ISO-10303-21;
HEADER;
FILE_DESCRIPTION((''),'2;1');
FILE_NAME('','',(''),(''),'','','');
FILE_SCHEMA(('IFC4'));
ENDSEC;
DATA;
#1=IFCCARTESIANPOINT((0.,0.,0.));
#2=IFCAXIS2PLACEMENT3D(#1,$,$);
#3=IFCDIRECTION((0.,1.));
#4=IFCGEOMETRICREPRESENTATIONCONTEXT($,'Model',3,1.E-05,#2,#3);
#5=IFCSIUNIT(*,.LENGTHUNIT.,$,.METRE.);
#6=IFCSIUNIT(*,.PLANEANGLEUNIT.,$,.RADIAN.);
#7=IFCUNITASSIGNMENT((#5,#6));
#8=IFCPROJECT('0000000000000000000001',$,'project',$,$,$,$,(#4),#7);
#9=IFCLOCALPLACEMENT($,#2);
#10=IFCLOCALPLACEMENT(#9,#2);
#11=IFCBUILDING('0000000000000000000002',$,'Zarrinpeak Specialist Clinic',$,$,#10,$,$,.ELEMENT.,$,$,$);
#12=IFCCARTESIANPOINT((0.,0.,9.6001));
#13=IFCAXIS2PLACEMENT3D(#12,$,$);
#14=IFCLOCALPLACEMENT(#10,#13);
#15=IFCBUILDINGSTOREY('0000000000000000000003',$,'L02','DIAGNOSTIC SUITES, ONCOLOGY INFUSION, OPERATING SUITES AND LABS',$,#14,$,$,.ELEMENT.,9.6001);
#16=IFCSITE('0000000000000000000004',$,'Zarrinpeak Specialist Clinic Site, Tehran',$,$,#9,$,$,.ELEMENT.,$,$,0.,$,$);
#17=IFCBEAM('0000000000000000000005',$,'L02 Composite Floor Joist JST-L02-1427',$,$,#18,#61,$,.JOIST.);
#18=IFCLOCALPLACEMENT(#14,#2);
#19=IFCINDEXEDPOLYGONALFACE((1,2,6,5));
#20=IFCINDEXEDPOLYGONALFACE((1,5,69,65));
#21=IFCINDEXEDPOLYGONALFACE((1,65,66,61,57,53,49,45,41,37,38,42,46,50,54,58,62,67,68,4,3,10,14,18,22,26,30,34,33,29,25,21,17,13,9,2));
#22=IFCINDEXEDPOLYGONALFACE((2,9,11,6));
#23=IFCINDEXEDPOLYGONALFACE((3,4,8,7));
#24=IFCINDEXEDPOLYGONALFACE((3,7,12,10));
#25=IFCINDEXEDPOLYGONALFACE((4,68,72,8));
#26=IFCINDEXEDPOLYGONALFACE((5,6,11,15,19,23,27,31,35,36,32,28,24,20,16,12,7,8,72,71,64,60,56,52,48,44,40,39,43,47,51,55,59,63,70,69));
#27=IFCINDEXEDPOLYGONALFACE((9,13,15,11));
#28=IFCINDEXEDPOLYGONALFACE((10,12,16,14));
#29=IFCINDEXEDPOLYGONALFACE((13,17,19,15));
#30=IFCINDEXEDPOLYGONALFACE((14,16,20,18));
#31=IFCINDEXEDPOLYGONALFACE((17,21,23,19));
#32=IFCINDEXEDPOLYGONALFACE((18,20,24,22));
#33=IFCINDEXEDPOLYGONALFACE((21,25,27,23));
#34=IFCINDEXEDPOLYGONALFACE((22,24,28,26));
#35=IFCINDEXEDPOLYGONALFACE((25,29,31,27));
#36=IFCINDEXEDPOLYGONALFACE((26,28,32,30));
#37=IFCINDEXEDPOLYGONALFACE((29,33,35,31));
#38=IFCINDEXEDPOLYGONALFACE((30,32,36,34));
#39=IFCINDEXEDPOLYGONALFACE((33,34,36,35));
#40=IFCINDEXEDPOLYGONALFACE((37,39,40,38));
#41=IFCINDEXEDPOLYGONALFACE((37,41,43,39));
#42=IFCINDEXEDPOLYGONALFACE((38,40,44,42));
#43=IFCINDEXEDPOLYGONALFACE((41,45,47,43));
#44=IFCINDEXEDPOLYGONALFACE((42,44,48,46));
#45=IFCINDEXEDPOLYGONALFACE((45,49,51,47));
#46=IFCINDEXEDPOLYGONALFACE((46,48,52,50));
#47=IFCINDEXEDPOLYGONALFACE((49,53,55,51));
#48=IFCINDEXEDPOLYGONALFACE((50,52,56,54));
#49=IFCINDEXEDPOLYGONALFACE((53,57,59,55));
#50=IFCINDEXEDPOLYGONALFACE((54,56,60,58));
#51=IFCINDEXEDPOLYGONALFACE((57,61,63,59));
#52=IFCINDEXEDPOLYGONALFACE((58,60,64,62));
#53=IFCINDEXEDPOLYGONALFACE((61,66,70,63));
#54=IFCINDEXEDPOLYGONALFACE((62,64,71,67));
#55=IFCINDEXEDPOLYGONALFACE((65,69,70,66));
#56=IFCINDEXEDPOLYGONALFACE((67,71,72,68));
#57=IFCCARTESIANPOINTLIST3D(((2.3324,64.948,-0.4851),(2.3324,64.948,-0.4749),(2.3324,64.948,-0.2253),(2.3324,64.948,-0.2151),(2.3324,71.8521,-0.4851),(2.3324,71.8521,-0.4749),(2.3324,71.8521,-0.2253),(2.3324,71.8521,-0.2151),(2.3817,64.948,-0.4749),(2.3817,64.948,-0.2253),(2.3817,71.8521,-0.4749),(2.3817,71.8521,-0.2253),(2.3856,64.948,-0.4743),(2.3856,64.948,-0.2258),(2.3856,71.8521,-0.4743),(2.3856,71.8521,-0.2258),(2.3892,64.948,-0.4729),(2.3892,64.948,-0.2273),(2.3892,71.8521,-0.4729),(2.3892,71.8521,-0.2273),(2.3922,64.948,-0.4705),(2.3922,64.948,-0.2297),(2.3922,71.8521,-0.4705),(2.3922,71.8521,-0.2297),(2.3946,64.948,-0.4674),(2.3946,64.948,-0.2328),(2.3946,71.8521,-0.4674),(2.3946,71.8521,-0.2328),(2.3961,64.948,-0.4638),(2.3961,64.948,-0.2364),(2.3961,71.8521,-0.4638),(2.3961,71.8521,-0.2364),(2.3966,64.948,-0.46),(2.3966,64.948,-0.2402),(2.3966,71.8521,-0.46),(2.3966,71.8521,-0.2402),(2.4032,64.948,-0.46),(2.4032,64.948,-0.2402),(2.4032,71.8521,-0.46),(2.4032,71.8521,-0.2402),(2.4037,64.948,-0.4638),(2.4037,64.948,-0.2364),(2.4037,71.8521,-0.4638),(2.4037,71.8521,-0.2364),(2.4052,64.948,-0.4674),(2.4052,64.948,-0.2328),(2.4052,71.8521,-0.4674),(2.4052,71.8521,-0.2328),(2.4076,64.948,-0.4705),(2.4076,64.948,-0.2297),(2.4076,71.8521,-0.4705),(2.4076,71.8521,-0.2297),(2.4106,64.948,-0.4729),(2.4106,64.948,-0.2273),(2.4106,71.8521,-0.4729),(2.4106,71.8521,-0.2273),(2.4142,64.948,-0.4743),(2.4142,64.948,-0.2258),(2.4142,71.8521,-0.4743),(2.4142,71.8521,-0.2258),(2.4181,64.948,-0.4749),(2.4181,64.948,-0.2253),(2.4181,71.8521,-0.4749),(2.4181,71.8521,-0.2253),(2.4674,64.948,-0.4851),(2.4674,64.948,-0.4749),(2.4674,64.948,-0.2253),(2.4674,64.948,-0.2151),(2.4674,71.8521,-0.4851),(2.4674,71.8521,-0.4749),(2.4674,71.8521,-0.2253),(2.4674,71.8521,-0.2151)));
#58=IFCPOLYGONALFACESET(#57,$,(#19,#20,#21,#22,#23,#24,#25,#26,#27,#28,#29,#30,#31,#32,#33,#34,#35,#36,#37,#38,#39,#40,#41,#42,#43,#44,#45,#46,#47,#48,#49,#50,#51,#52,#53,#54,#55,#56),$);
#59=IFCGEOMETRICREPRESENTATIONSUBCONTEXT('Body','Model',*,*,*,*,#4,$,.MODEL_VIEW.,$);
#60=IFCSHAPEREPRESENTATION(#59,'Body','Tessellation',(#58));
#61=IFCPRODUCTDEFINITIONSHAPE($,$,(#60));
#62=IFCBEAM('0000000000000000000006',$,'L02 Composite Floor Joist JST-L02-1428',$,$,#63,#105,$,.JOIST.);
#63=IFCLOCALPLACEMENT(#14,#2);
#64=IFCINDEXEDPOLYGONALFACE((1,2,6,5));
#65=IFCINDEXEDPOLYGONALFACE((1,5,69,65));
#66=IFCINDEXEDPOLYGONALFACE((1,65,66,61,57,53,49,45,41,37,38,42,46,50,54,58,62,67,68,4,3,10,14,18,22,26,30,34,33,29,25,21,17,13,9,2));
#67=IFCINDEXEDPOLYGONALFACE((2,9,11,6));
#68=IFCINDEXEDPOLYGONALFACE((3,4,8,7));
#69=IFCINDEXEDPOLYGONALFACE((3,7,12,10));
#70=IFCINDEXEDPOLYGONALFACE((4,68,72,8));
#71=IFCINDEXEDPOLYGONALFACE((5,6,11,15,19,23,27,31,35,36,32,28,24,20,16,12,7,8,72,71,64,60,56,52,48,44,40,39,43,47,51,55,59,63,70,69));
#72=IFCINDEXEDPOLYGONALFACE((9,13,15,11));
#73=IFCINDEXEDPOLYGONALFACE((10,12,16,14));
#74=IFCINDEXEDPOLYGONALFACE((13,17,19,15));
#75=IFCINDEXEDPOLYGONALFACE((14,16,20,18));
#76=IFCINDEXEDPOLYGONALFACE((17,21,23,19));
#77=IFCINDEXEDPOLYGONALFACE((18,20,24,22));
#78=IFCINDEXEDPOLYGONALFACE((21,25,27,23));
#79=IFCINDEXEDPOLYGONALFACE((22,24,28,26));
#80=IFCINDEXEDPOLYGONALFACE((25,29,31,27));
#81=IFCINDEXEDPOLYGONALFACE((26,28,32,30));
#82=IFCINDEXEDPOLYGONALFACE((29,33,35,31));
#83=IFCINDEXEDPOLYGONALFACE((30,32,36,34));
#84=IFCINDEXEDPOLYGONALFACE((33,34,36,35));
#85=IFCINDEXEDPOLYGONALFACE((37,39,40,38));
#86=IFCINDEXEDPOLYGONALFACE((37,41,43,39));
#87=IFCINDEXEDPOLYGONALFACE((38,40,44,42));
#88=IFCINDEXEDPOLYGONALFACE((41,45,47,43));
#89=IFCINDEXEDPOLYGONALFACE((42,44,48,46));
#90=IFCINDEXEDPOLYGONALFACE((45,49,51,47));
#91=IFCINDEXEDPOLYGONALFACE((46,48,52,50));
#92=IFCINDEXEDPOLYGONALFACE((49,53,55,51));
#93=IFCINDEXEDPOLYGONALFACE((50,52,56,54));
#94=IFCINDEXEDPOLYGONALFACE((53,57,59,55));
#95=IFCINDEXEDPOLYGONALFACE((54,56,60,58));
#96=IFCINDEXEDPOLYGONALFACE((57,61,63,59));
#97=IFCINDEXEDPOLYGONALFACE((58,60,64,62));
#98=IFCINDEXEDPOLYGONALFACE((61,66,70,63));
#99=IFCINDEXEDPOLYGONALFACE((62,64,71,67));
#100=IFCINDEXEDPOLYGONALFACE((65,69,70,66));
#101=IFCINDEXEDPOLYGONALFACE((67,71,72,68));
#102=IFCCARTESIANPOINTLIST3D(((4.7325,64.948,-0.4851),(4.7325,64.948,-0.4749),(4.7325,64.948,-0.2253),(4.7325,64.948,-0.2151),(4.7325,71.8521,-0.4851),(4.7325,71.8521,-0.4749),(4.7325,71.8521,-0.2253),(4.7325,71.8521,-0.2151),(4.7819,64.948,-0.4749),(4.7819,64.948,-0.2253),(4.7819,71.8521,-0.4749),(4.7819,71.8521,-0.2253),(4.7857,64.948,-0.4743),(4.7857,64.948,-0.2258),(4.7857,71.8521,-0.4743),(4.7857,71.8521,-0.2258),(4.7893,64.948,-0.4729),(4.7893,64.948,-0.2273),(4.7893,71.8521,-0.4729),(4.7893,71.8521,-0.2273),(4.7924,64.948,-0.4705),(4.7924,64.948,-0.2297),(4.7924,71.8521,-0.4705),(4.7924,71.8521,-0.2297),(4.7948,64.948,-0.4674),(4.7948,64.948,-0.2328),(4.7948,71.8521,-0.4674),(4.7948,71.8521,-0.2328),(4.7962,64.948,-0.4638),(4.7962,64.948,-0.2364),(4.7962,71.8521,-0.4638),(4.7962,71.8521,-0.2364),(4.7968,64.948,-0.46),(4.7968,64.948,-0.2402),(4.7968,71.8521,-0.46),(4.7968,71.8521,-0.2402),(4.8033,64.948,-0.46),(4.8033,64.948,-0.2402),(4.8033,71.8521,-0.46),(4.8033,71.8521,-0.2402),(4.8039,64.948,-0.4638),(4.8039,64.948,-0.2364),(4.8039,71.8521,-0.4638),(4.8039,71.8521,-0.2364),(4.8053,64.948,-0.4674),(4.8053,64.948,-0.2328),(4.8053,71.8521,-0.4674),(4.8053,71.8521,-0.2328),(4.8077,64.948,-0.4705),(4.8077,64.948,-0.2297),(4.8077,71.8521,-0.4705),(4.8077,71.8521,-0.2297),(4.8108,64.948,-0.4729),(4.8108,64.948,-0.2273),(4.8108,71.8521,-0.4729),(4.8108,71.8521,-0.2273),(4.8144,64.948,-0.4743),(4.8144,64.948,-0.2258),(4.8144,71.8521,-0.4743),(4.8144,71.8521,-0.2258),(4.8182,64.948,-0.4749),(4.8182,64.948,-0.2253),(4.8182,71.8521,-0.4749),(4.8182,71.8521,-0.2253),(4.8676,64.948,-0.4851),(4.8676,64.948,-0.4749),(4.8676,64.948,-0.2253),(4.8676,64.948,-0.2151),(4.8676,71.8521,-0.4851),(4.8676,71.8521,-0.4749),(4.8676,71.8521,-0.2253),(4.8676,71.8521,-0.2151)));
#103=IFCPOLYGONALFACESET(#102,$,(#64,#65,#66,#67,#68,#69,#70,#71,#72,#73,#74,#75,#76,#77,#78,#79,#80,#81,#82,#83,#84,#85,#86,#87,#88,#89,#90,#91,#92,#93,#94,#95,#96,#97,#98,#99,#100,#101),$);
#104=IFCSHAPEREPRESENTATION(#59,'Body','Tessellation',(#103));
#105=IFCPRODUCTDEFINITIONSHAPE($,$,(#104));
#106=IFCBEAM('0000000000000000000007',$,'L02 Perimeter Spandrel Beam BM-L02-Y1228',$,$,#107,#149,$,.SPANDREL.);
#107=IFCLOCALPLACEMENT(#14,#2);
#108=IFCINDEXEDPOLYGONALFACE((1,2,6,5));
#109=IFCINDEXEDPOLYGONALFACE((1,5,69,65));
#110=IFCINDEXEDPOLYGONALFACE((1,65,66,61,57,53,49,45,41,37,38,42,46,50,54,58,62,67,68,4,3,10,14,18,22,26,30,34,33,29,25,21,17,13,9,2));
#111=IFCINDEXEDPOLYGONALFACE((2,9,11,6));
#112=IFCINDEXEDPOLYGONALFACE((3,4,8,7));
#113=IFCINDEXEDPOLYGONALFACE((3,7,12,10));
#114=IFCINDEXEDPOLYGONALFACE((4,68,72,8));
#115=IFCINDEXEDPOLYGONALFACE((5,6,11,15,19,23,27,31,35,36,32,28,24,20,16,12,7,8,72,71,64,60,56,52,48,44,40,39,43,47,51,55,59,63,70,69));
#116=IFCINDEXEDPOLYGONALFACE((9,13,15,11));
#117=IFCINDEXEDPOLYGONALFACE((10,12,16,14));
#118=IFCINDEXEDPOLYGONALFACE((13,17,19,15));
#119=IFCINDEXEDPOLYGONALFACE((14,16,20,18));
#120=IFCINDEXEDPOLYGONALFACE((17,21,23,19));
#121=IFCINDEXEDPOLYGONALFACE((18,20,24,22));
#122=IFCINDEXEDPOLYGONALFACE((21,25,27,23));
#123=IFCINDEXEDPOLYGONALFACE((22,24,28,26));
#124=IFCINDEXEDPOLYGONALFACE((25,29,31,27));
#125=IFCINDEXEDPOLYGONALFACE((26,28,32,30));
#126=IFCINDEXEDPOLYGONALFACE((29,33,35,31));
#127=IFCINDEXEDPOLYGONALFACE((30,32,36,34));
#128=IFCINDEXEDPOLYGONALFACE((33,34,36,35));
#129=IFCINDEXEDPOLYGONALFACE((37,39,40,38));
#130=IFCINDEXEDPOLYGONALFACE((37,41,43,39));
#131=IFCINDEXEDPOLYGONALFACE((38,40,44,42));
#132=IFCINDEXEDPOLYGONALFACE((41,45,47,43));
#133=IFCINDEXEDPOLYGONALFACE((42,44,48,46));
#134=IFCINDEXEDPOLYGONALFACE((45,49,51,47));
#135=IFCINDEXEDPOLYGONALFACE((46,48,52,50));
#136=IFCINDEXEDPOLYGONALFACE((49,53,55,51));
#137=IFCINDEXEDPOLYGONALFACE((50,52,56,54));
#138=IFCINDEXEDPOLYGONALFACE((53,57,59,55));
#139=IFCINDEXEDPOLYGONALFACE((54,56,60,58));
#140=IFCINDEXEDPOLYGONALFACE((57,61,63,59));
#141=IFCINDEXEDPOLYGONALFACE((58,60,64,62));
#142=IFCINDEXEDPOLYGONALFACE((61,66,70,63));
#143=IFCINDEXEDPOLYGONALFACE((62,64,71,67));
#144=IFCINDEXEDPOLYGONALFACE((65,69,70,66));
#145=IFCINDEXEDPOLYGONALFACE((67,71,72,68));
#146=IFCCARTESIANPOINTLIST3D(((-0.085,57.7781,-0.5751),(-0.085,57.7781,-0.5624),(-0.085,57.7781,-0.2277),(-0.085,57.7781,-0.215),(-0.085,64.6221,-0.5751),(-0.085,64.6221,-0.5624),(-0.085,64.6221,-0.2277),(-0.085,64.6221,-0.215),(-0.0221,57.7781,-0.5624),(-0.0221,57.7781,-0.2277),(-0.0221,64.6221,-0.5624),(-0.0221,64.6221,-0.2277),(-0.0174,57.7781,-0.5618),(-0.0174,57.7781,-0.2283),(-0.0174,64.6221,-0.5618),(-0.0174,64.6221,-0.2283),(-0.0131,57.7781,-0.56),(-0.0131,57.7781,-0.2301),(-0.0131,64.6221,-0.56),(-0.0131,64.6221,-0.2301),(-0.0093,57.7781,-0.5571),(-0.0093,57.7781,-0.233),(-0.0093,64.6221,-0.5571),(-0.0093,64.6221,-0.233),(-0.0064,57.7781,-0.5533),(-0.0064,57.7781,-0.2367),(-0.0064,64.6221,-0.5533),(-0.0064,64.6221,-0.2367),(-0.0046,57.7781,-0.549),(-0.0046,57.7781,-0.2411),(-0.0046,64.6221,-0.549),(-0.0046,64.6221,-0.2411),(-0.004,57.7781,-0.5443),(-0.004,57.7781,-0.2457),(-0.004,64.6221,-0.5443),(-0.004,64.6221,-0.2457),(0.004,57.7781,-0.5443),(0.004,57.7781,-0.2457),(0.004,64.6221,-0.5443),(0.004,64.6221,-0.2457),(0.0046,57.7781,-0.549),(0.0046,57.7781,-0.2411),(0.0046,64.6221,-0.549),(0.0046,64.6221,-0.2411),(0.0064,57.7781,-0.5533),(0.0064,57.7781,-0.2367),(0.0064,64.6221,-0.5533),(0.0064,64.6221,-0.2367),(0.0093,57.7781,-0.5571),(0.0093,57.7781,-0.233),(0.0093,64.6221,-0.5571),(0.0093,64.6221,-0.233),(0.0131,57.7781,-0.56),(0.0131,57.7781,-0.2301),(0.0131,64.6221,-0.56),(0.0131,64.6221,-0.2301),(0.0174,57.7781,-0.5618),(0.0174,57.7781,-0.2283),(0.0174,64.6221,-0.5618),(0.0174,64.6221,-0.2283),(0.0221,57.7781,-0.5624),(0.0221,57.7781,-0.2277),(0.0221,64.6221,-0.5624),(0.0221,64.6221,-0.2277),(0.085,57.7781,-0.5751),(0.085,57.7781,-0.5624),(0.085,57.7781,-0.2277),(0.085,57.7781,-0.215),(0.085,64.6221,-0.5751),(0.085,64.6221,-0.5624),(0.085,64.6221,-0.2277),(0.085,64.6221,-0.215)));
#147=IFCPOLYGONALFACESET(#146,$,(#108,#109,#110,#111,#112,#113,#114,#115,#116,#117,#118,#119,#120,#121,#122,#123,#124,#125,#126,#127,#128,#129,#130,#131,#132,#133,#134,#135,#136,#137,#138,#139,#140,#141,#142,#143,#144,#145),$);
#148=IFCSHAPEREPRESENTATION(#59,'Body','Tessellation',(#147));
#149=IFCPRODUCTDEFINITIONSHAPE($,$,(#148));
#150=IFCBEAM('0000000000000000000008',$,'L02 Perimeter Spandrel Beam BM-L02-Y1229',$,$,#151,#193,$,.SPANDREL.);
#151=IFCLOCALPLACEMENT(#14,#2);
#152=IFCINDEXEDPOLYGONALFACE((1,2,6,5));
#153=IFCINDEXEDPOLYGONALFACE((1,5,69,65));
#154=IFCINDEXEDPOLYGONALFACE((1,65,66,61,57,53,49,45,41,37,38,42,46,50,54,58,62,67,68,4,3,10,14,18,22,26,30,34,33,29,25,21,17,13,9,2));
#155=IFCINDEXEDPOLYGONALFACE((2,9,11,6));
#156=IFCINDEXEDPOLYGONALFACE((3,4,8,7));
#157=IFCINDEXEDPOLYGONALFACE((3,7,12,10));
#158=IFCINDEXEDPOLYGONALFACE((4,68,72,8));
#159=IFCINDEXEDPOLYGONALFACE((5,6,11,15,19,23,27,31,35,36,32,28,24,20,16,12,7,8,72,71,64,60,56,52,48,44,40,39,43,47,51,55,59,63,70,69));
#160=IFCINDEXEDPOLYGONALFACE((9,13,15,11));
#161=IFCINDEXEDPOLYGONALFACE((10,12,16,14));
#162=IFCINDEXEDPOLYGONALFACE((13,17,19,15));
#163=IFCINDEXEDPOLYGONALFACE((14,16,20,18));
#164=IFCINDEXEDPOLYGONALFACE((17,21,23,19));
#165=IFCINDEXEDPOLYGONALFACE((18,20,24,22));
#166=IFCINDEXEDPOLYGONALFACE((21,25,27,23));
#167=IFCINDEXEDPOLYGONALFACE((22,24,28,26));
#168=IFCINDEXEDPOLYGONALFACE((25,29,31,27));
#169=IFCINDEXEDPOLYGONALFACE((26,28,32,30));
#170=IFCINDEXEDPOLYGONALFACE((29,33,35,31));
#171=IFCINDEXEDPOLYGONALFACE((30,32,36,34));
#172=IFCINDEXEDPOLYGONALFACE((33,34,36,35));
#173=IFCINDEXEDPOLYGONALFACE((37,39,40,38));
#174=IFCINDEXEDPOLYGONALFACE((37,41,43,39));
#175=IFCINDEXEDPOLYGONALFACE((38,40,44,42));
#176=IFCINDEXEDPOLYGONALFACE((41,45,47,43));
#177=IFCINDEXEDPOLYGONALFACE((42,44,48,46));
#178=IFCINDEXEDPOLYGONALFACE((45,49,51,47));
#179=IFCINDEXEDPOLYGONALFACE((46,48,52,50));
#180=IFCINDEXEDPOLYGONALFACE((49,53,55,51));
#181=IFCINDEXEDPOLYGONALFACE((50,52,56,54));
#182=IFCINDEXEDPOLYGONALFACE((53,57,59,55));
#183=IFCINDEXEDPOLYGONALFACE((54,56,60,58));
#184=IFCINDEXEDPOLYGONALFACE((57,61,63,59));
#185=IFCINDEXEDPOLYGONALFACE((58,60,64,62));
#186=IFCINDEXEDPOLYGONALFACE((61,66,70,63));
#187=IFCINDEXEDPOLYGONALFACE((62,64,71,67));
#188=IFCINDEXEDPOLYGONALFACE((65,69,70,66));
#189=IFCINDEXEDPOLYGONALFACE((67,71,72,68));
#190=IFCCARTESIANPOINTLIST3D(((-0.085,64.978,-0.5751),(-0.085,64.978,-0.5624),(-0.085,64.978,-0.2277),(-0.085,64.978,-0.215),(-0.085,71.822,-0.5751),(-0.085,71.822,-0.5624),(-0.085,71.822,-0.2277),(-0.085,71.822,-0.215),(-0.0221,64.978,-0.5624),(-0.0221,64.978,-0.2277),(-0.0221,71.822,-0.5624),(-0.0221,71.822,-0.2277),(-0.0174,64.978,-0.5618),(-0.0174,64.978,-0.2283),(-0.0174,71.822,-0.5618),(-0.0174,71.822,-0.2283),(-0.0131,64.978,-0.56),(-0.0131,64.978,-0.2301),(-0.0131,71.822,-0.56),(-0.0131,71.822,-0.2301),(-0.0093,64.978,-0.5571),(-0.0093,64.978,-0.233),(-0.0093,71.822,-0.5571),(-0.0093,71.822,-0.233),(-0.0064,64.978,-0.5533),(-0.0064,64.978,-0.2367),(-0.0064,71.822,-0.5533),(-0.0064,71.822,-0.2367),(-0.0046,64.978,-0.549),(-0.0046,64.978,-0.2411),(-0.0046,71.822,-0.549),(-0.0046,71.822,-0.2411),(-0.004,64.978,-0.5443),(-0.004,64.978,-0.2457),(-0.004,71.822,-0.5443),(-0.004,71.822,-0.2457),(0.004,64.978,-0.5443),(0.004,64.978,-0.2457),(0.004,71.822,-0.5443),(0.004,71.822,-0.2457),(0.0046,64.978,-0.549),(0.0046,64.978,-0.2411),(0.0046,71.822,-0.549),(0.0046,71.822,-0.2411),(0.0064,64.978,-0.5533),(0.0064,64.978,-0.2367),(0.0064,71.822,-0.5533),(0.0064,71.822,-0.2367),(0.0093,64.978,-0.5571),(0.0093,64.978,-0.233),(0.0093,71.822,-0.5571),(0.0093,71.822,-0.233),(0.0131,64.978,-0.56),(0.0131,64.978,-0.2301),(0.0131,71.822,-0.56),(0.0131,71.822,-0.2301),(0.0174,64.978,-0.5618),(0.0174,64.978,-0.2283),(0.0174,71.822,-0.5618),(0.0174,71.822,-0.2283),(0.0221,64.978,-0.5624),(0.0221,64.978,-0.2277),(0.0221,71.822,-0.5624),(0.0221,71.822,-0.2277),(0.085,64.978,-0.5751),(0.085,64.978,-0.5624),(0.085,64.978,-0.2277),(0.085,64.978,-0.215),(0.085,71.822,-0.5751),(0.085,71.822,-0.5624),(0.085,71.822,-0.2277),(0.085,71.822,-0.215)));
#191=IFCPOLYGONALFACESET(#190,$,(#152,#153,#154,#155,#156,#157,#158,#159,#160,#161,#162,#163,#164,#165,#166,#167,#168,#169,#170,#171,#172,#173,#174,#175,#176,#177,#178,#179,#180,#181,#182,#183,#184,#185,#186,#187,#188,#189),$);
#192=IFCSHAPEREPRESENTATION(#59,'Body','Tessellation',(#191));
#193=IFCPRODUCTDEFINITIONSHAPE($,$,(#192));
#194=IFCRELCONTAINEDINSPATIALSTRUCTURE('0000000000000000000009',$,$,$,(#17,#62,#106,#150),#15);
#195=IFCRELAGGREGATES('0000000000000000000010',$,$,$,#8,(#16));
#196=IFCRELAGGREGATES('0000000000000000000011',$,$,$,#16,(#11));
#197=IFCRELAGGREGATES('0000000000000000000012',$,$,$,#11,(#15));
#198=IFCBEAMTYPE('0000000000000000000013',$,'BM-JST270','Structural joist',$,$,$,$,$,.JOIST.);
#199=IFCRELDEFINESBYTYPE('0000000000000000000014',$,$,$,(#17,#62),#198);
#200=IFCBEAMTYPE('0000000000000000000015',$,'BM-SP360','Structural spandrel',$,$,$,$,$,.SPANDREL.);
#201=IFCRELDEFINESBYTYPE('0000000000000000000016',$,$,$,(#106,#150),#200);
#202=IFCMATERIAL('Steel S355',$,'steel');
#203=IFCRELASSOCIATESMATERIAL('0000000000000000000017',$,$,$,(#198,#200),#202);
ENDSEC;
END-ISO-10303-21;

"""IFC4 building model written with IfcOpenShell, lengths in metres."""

from ifc_helpers import new_model, si_unit, direction, frame, origin, origin_2d, place, context, subcontext, project, spatial, i_section, extrude, material, material_profile, profile_set, type_object, element, save


model = new_model("IFC4")

# Units and contexts
model_context = context("Model", 3, precision=1e-05, world=origin(), true_north=direction((0.0, 1.0)))
body_context = subcontext(model_context, "Body", "Model", "MODEL_VIEW")
ifc_project = project(units=[si_unit("LENGTHUNIT", "METRE"), si_unit("PLANEANGLEUNIT", "RADIAN")], contexts=[model_context])

# Site, building, storey
site_placement = place(None, origin())
site = spatial("IfcSite", under=ifc_project, at=site_placement, Name="Zarrinpeak Specialist Clinic Site, Tehran", CompositionType="ELEMENT", RefElevation=0.0)
building_placement = place(site_placement, origin())
building = spatial("IfcBuilding", under=site, at=building_placement, Name="Zarrinpeak Specialist Clinic", CompositionType="ELEMENT")
storey_placement = place(building_placement, frame((0.0, 0.0, 9.6001)))
storey = spatial("IfcBuildingStorey", under=building, at=storey_placement, Name="L02", Description="DIAGNOSTIC SUITES, ONCOLOGY INFUSION, OPERATING SUITES AND LABS", CompositionType="ELEMENT", Elevation=9.6001)

# Shared definitions
ifc_material_1 = material(Name="Steel S355", Category="steel")

# Beams
ifc_material_profile_1 = material_profile(ifc_material_1, i_section(OverallWidth=0.135, OverallDepth=0.27, WebThickness=0.0066, FlangeThickness=0.0103, FilletRadius=0.0149, at=origin_2d()), Name="IPE 270")
ifc_profile_set_1 = profile_set([ifc_material_profile_1], Name="Steel S355")
beam_type_1 = type_object("IfcBeamType", Name="BM-JST270", Description="Structural joist", PredefinedType="JOIST", material=ifc_profile_set_1)
for number, where, z_axis, x_axis, name in (
    (1, (2.3999, 64.948, -0.3501), (0.0, 1.0, 0.0), (-1.0, 0.0, 0.0), "L02 Composite Floor Joist JST-L02-1427"),
    (2, (4.8, 64.948, -0.3501), (0.0, 1.0, 0.0), (-1.0, 0.0, 0.0), "L02 Composite Floor Joist JST-L02-1428"),
):
    element("IfcBeam", number, at=place(storey_placement, frame(where, z_axis=z_axis, x_axis=x_axis)), inside=storey, type_object=beam_type_1, Name=name, PredefinedType="JOIST", context=body_context, shape_type="SweptSolid", body=[
        extrude(i_section(OverallWidth=0.135, OverallDepth=0.27, WebThickness=0.0066, FlangeThickness=0.0103, FilletRadius=0.0149, at=origin_2d()), origin(), (0.0, 0.0, 1.0), 6.9041),
    ])
ifc_material_profile_2 = material_profile(ifc_material_1, i_section(OverallWidth=0.1699, OverallDepth=0.3601, WebThickness=0.0081, FlangeThickness=0.0127, FilletRadius=0.0181, at=origin_2d()), Name="IPE 360")
ifc_profile_set_2 = profile_set([ifc_material_profile_2], Name="Steel S355")
beam_type_2 = type_object("IfcBeamType", Name="BM-SP360", Description="Structural spandrel", PredefinedType="SPANDREL", material=ifc_profile_set_2)
for number, where, z_axis, x_axis, name in (
    (3, (0.0, 57.7781, -0.395), (0.0, 1.0, 0.0), (-1.0, 0.0, 0.0), "L02 Perimeter Spandrel Beam BM-L02-Y1228"),
    (4, (0.0, 64.978, -0.395), (0.0, 1.0, 0.0), (-1.0, 0.0, 0.0), "L02 Perimeter Spandrel Beam BM-L02-Y1229"),
):
    element("IfcBeam", number, at=place(storey_placement, frame(where, z_axis=z_axis, x_axis=x_axis)), inside=storey, type_object=beam_type_2, Name=name, PredefinedType="SPANDREL", context=body_context, shape_type="SweptSolid", body=[
        extrude(i_section(OverallWidth=0.1699, OverallDepth=0.3601, WebThickness=0.0081, FlangeThickness=0.0127, FilletRadius=0.0181, at=origin_2d()), origin(), (0.0, 0.0, 1.0), 6.844),
    ])

save(model, "model.ifc")
